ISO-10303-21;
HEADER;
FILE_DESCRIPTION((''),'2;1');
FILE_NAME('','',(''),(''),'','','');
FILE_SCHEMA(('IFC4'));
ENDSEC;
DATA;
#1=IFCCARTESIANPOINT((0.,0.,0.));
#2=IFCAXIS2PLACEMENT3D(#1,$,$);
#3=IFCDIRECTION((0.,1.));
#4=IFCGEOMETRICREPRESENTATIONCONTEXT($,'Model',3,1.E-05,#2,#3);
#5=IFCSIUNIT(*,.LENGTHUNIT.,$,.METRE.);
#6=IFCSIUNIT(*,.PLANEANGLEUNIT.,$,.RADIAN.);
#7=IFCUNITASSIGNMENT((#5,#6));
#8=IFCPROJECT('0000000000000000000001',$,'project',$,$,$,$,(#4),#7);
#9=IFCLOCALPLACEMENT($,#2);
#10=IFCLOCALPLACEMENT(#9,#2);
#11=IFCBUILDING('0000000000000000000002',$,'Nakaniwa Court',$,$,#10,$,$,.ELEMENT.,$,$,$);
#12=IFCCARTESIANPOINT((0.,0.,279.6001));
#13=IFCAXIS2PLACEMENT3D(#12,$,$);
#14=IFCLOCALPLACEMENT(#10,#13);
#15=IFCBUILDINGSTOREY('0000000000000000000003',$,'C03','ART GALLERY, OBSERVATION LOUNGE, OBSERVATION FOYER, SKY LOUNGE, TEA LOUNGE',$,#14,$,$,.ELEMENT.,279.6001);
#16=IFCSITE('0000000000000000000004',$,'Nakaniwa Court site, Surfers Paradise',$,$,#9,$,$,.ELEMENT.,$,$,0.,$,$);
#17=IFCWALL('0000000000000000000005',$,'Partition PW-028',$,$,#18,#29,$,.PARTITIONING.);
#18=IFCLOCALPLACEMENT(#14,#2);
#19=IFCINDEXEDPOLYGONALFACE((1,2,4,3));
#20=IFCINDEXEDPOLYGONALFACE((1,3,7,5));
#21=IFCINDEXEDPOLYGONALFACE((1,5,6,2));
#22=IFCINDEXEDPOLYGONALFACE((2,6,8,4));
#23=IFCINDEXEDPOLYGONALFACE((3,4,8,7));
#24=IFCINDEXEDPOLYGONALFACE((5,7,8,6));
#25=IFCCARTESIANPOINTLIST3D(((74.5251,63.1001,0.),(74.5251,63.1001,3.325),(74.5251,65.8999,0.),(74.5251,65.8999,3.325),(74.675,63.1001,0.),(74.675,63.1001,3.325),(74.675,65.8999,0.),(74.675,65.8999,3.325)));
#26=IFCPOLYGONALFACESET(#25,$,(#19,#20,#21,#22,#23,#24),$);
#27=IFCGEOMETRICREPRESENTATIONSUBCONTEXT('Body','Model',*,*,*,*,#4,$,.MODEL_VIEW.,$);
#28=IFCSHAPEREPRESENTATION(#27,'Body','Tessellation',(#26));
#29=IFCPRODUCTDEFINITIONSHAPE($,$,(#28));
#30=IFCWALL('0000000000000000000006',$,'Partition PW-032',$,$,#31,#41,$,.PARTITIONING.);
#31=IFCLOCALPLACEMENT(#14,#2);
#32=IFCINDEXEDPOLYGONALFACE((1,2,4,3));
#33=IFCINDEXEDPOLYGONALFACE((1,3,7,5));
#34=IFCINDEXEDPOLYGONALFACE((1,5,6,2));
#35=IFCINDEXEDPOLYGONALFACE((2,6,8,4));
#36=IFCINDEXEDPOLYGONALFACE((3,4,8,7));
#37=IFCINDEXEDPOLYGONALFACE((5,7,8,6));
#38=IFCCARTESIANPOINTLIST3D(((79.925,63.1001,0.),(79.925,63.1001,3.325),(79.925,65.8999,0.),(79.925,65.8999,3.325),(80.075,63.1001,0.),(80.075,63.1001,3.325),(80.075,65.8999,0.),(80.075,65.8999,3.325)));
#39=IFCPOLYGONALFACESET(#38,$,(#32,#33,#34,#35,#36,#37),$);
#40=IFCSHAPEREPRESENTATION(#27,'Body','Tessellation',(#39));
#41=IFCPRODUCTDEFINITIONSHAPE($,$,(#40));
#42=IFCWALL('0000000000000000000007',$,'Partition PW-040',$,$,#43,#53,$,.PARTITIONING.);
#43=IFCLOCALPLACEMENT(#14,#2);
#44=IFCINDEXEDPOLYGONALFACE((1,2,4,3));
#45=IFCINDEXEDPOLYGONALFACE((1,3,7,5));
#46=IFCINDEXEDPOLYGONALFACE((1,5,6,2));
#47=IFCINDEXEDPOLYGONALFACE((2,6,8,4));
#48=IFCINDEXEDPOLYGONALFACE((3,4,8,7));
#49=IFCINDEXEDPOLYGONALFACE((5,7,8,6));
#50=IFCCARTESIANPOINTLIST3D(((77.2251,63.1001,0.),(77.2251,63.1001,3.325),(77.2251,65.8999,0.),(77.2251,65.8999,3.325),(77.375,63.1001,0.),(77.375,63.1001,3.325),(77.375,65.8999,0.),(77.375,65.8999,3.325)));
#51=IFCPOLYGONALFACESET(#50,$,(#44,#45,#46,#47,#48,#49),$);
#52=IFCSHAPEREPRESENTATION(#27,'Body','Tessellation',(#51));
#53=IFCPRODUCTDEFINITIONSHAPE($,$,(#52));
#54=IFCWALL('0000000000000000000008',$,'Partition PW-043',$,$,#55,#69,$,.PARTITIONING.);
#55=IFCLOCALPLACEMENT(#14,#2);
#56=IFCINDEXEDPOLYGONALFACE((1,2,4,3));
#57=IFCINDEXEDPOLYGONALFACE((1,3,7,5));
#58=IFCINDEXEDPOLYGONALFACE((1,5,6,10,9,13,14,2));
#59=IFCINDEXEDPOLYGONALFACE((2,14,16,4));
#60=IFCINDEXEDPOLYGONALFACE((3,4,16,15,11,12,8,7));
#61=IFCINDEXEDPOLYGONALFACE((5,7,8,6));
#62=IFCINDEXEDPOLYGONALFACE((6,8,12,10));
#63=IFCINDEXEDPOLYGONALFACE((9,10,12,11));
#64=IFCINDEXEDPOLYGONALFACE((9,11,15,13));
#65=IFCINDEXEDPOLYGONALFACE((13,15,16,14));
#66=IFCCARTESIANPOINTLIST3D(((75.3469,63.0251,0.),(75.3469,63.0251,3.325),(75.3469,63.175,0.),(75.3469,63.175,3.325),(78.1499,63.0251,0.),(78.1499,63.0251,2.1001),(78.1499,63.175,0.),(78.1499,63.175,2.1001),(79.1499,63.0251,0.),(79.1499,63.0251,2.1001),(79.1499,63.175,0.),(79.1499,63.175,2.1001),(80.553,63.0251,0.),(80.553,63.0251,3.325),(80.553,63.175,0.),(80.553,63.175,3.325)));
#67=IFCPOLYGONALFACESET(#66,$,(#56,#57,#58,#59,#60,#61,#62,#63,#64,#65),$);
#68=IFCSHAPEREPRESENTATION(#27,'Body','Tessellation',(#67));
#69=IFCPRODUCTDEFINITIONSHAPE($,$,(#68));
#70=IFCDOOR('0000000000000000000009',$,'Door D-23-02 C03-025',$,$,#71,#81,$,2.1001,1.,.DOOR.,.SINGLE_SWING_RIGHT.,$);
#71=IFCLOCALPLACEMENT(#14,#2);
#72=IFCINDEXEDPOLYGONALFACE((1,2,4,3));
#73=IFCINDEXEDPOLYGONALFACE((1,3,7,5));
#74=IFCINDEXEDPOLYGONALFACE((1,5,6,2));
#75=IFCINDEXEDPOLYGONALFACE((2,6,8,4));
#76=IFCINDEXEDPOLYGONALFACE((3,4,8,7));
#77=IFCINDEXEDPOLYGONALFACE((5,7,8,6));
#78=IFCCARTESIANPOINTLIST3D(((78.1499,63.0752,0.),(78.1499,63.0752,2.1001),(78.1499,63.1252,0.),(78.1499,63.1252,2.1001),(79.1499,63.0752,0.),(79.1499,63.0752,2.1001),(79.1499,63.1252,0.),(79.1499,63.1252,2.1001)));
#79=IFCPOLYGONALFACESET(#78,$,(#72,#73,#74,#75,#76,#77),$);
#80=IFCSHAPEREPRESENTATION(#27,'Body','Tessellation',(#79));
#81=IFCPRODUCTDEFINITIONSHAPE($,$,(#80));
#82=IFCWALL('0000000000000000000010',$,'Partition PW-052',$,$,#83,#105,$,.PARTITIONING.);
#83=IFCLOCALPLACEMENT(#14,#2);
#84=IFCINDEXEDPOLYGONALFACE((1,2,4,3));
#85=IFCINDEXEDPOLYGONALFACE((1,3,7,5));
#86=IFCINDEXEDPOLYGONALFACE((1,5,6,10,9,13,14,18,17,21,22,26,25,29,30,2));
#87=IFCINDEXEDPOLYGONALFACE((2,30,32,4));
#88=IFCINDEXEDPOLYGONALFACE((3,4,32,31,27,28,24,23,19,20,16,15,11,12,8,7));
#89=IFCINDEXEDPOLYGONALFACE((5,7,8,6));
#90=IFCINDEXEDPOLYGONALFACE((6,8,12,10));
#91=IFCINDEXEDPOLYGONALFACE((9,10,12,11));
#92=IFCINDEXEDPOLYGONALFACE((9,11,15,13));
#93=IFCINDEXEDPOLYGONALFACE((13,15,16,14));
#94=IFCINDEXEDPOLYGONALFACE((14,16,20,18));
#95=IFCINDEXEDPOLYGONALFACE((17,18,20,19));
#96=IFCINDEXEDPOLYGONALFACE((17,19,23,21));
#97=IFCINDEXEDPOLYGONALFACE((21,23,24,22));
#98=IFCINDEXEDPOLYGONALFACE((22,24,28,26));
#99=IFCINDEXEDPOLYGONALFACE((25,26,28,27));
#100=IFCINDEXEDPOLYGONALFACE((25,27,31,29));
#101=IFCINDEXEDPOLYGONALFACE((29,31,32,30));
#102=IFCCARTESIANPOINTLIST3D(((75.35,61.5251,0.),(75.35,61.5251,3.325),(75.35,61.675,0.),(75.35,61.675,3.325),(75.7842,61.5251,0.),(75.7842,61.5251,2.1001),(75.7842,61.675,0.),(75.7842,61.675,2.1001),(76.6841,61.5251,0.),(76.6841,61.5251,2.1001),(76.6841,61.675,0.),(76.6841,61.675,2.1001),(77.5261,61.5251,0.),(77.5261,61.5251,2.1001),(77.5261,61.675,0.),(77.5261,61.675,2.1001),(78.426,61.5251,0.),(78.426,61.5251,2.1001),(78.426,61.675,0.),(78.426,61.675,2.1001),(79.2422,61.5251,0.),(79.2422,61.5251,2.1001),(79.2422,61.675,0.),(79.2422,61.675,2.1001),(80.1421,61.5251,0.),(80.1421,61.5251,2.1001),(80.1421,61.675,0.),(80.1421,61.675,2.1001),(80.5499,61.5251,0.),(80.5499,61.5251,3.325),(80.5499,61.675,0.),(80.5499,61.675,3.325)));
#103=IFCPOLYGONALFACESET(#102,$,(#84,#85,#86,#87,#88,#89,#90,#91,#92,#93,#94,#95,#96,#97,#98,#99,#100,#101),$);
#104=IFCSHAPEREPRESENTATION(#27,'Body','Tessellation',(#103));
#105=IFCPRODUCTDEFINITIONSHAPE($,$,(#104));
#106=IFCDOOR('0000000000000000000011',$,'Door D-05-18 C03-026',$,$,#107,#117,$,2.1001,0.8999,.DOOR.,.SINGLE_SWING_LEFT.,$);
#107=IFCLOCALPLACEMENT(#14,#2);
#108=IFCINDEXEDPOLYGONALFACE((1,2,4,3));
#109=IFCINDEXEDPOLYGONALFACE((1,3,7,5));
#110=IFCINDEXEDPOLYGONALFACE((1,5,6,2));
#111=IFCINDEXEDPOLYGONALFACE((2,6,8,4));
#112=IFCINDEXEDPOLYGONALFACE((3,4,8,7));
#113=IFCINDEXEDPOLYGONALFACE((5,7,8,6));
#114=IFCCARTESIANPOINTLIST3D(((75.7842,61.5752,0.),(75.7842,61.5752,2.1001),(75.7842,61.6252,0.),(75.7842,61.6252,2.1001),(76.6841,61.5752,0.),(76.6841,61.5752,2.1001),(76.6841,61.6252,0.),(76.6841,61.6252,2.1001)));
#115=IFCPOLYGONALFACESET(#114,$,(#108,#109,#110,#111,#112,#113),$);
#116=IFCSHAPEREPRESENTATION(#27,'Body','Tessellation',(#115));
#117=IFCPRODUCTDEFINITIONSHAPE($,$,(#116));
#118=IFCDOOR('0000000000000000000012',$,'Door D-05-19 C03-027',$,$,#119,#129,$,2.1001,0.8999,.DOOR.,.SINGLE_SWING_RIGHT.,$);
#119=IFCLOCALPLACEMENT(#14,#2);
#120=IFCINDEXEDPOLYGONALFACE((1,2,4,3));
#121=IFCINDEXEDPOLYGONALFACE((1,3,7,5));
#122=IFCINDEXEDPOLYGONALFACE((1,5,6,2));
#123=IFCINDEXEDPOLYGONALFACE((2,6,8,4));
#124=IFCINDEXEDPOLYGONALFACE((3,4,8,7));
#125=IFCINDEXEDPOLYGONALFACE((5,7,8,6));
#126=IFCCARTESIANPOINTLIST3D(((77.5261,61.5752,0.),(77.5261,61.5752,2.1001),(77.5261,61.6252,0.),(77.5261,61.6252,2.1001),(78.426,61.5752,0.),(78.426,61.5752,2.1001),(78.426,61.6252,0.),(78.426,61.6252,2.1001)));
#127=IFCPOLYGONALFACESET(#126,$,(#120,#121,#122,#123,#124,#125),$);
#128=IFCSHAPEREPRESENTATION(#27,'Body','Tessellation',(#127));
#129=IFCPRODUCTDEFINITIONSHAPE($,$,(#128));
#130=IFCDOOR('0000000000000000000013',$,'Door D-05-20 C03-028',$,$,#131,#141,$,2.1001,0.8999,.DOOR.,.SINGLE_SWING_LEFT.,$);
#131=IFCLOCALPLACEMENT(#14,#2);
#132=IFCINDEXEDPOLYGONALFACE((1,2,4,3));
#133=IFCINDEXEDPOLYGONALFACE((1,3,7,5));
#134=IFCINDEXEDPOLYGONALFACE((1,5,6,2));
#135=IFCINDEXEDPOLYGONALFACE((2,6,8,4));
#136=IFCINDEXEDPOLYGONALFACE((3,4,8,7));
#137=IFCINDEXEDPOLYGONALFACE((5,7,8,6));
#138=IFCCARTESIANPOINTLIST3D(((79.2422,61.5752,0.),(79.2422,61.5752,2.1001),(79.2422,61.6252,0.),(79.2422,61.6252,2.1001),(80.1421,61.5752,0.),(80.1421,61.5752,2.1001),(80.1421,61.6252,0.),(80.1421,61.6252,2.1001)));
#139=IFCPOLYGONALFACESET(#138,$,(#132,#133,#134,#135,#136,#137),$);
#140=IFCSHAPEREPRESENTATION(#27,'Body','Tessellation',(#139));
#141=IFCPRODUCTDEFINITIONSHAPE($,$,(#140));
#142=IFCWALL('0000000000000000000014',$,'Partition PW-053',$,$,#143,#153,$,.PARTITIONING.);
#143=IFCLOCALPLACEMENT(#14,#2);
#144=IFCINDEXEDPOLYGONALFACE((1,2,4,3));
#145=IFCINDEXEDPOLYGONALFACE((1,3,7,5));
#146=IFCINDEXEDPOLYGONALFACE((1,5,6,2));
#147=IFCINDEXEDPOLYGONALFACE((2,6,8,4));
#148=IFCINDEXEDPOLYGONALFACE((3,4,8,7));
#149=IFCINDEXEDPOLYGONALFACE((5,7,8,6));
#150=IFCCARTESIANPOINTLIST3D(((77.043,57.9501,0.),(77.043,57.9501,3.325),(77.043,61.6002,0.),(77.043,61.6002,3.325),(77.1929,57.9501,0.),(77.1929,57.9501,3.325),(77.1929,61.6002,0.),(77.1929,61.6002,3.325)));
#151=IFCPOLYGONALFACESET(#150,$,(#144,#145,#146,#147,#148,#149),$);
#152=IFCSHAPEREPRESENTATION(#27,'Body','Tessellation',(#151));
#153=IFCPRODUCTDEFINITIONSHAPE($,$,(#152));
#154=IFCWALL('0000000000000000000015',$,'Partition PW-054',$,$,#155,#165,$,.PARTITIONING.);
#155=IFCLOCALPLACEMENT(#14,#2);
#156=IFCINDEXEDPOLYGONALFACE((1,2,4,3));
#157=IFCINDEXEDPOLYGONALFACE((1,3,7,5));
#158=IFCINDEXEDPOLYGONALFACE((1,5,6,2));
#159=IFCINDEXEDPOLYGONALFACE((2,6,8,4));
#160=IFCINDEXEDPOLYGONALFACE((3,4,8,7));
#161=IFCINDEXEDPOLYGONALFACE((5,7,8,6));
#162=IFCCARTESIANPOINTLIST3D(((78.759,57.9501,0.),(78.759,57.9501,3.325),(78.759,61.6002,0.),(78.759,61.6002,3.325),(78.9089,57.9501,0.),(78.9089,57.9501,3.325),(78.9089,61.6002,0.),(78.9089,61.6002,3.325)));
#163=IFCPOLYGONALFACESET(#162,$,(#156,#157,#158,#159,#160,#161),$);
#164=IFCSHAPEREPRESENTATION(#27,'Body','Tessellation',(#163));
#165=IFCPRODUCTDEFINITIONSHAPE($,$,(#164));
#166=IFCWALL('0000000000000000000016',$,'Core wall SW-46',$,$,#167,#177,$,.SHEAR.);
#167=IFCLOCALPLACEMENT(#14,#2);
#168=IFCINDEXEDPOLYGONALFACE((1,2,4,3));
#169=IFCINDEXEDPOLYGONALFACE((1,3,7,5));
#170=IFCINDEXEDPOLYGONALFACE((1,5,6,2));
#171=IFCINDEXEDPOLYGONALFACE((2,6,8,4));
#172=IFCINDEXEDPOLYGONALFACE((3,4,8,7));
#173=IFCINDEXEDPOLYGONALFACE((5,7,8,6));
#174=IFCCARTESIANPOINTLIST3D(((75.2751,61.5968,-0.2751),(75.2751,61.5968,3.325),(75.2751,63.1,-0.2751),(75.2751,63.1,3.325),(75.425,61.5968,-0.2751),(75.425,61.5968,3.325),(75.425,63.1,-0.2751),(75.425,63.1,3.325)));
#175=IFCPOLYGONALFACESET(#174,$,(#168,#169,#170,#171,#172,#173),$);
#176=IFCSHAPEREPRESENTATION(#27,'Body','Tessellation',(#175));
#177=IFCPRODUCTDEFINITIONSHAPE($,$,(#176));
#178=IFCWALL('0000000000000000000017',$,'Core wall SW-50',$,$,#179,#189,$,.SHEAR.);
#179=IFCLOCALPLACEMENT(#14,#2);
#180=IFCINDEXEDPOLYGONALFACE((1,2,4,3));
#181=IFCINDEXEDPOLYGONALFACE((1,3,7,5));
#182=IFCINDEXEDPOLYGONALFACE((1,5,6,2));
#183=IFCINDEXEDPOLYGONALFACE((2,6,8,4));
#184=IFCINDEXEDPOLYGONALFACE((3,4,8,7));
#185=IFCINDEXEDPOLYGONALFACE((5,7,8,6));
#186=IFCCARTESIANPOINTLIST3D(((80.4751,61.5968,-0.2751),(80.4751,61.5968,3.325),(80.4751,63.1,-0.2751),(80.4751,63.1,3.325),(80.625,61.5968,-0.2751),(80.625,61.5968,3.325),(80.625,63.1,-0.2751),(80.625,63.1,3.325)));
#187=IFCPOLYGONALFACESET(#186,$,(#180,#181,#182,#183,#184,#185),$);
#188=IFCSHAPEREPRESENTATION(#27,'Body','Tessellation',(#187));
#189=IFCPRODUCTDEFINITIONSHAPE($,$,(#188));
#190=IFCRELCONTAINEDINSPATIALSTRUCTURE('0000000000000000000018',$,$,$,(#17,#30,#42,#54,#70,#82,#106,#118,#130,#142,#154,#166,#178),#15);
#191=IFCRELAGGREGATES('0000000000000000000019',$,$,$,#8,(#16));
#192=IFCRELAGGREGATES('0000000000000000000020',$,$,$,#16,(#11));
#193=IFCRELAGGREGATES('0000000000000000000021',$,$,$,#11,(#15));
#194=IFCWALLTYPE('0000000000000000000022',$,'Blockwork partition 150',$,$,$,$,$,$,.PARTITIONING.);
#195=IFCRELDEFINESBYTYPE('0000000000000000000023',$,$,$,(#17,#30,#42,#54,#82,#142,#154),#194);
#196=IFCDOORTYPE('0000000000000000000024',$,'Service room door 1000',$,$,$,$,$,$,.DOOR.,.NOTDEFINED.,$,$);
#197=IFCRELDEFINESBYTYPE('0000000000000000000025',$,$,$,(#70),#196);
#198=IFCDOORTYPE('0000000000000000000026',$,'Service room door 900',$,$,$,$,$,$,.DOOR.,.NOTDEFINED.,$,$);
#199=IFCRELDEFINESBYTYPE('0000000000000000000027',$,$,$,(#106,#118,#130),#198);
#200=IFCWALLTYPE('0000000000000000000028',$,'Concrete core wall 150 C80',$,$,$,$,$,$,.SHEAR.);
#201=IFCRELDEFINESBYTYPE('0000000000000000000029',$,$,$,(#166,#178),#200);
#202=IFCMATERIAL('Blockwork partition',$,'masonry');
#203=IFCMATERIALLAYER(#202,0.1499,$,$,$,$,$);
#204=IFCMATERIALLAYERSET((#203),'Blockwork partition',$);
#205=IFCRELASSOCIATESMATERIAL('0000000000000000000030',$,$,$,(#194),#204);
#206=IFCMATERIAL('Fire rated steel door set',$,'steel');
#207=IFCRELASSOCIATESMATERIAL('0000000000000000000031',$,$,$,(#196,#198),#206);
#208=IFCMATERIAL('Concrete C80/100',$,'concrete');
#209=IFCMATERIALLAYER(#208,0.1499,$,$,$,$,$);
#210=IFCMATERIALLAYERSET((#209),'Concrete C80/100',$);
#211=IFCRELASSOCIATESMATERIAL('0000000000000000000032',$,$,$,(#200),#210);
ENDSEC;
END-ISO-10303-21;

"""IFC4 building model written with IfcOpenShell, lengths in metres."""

from ifc_helpers import new_model, si_unit, direction, frame, frame_2d, origin, place, context, subcontext, project, spatial, rectangle, extrude, material, layer, layer_set, type_object, element, fill, save


model = new_model("IFC4")

# Units and contexts
model_context = context("Model", 3, precision=1e-05, world=origin(), true_north=direction((0.0, 1.0)))
body_context = subcontext(model_context, "Body", "Model", "MODEL_VIEW")
ifc_project = project(units=[si_unit("LENGTHUNIT", "METRE"), si_unit("PLANEANGLEUNIT", "RADIAN")], contexts=[model_context])

# Site, building, storey
site_placement = place(None, origin())
site = spatial("IfcSite", under=ifc_project, at=site_placement, Name="Nakaniwa Court site, Surfers Paradise", CompositionType="ELEMENT", RefElevation=0.0)
building_placement = place(site_placement, origin())
building = spatial("IfcBuilding", under=site, at=building_placement, Name="Nakaniwa Court", CompositionType="ELEMENT")
storey_placement = place(building_placement, frame((0.0, 0.0, 279.6001)))
storey = spatial("IfcBuildingStorey", under=building, at=storey_placement, Name="C03", Description="ART GALLERY, OBSERVATION LOUNGE, OBSERVATION FOYER, SKY LOUNGE, TEA LOUNGE", CompositionType="ELEMENT", Elevation=279.6001)

# Walls
ifc_material_1 = material(Name="Blockwork partition", Category="masonry")
ifc_layer_1 = layer(ifc_material_1, 0.1499)
ifc_layer_set_1 = layer_set([ifc_layer_1], Name="Blockwork partition")
wall_type_1 = type_object("IfcWallType", Name="Blockwork partition 150", PredefinedType="PARTITIONING", material=ifc_layer_set_1)
for number, where, z_axis, x_axis, name in (
    (1, (74.6001, 63.1001, 0.0), (0.0, 0.0, 1.0), (0.0, 1.0, 0.0), "Partition PW-028"),
    (2, (80.0, 63.1001, 0.0), (0.0, 0.0, 1.0), (0.0, 1.0, 0.0), "Partition PW-032"),
    (3, (77.3, 63.1001, 0.0), (0.0, 0.0, 1.0), (0.0, 1.0, 0.0), "Partition PW-040"),
):
    element("IfcWall", number, at=place(storey_placement, frame(where, z_axis=z_axis, x_axis=x_axis)), inside=storey, type_object=wall_type_1, Name=name, PredefinedType="PARTITIONING", context=body_context, shape_type="SweptSolid", body=[
        extrude(rectangle(XDim=2.7998, YDim=0.1499, at=frame_2d((1.3999, 0.0))), origin(), (0.0, 0.0, 1.0), 3.325),
    ])

# Wall, opening, door
wall_1_placement = place(storey_placement, frame((80.553, 63.1001, 0.0), z_axis=(0.0, 0.0, 1.0), x_axis=(-1.0, 0.0, 0.0)))
wall_1 = element("IfcWall", 4, at=wall_1_placement, inside=storey, type_object=wall_type_1, Name="Partition PW-043", PredefinedType="PARTITIONING", context=body_context, shape_type="SweptSolid", body=[
    extrude(rectangle(XDim=5.2061, YDim=0.1499, at=frame_2d((2.603, 0.0))), origin(), (0.0, 0.0, 1.0), 3.325),
])
opening_1_placement = place(wall_1_placement, frame((1.4031, 0.0, 0.0)))
opening_1 = element("IfcOpeningElement", 5, at=opening_1_placement, cuts=wall_1, PredefinedType="OPENING", context=body_context, shape_type="SweptSolid", body=[
    extrude(rectangle(XDim=1.0, YDim=2.1001, at=frame_2d((0.5, 1.05))), frame((0.0, 0.085, 0.0), z_axis=(0.0, -1.0, 0.0), x_axis=(1.0, 0.0, 0.0)), (0.0, 0.0, 1.0), 0.1699),
])
ifc_material_2 = material(Name="Fire rated steel door set", Category="steel")
door_type_1 = type_object("IfcDoorType", Name="Service room door 1000", OperationType="NOTDEFINED", PredefinedType="DOOR", material=ifc_material_2)
door_1_placement = place(opening_1_placement, origin())
door_1 = element("IfcDoor", 6, at=door_1_placement, inside=storey, type_object=door_type_1, Name="Door D-23-02 C03-025", OperationType="SINGLE_SWING_RIGHT", OverallHeight=2.1001, OverallWidth=1.0, PredefinedType="DOOR", context=body_context, shape_type="SweptSolid", body=[
    extrude(rectangle(XDim=1.0, YDim=2.1001, at=frame_2d((0.5, 1.05))), frame((0.0, 0.0249, 0.0), z_axis=(0.0, -1.0, 0.0), x_axis=(1.0, 0.0, 0.0)), (0.0, 0.0, 1.0), 0.05),
])
fill(opening_1, door_1)

# Wall, openings, doors
wall_2_placement = place(storey_placement, frame((80.55, 61.6001, 0.0), z_axis=(0.0, 0.0, 1.0), x_axis=(-1.0, 0.0, 0.0)))
wall_2 = element("IfcWall", 7, at=wall_2_placement, inside=storey, type_object=wall_type_1, Name="Partition PW-052", PredefinedType="PARTITIONING", context=body_context, shape_type="SweptSolid", body=[
    extrude(rectangle(XDim=5.2, YDim=0.1499, at=frame_2d((2.6001, 0.0))), origin(), (0.0, 0.0, 1.0), 3.325),
])
opening_2_placement = place(wall_2_placement, frame((3.866, 0.0, 0.0)))
opening_2 = element("IfcOpeningElement", 8, at=opening_2_placement, cuts=wall_2, PredefinedType="OPENING", context=body_context, shape_type="SweptSolid", body=[
    extrude(rectangle(XDim=0.8999, YDim=2.1001, at=frame_2d((0.45, 1.05))), frame((0.0, 0.085, 0.0), z_axis=(0.0, -1.0, 0.0), x_axis=(1.0, 0.0, 0.0)), (0.0, 0.0, 1.0), 0.1699),
])
opening_3_placement = place(wall_2_placement, frame((2.124, 0.0, 0.0)))
opening_3 = element("IfcOpeningElement", 9, at=opening_3_placement, cuts=wall_2, PredefinedType="OPENING", context=body_context, shape_type="SweptSolid", body=[
    extrude(rectangle(XDim=0.8999, YDim=2.1001, at=frame_2d((0.45, 1.05))), frame((0.0, 0.085, 0.0), z_axis=(0.0, -1.0, 0.0), x_axis=(1.0, 0.0, 0.0)), (0.0, 0.0, 1.0), 0.1699),
])
opening_4_placement = place(wall_2_placement, frame((0.408, 0.0, 0.0)))
opening_4 = element("IfcOpeningElement", 10, at=opening_4_placement, cuts=wall_2, PredefinedType="OPENING", context=body_context, shape_type="SweptSolid", body=[
    extrude(rectangle(XDim=0.8999, YDim=2.1001, at=frame_2d((0.45, 1.05))), frame((0.0, 0.085, 0.0), z_axis=(0.0, -1.0, 0.0), x_axis=(1.0, 0.0, 0.0)), (0.0, 0.0, 1.0), 0.1699),
])
door_type_2 = type_object("IfcDoorType", Name="Service room door 900", OperationType="NOTDEFINED", PredefinedType="DOOR", material=ifc_material_2)
door_2_placement = place(opening_2_placement, origin())
door_2 = element("IfcDoor", 11, at=door_2_placement, inside=storey, type_object=door_type_2, Name="Door D-05-18 C03-026", OperationType="SINGLE_SWING_LEFT", OverallHeight=2.1001, OverallWidth=0.8999, PredefinedType="DOOR", context=body_context, shape_type="SweptSolid", body=[
    extrude(rectangle(XDim=0.8999, YDim=2.1001, at=frame_2d((0.45, 1.05))), frame((0.0, 0.0249, 0.0), z_axis=(0.0, -1.0, 0.0), x_axis=(1.0, 0.0, 0.0)), (0.0, 0.0, 1.0), 0.05),
])
fill(opening_2, door_2)
door_3_placement = place(opening_3_placement, origin())
door_3 = element("IfcDoor", 12, at=door_3_placement, inside=storey, type_object=door_type_2, Name="Door D-05-19 C03-027", OperationType="SINGLE_SWING_RIGHT", OverallHeight=2.1001, OverallWidth=0.8999, PredefinedType="DOOR", context=body_context, shape_type="SweptSolid", body=[
    extrude(rectangle(XDim=0.8999, YDim=2.1001, at=frame_2d((0.45, 1.05))), frame((0.0, 0.0249, 0.0), z_axis=(0.0, -1.0, 0.0), x_axis=(1.0, 0.0, 0.0)), (0.0, 0.0, 1.0), 0.05),
])
fill(opening_3, door_3)
door_4_placement = place(opening_4_placement, origin())
door_4 = element("IfcDoor", 13, at=door_4_placement, inside=storey, type_object=door_type_2, Name="Door D-05-20 C03-028", OperationType="SINGLE_SWING_LEFT", OverallHeight=2.1001, OverallWidth=0.8999, PredefinedType="DOOR", context=body_context, shape_type="SweptSolid", body=[
    extrude(rectangle(XDim=0.8999, YDim=2.1001, at=frame_2d((0.45, 1.05))), frame((0.0, 0.0249, 0.0), z_axis=(0.0, -1.0, 0.0), x_axis=(1.0, 0.0, 0.0)), (0.0, 0.0, 1.0), 0.05),
])
fill(opening_4, door_4)

# Walls
for number, where, z_axis, x_axis, name in (
    (14, (77.1179, 57.95, 0.0), (0.0, 0.0, 1.0), (0.0, 1.0, 0.0), "Partition PW-053"),
    (15, (78.834, 57.95, 0.0), (0.0, 0.0, 1.0), (0.0, 1.0, 0.0), "Partition PW-054"),
):
    element("IfcWall", number, at=place(storey_placement, frame(where, z_axis=z_axis, x_axis=x_axis)), inside=storey, type_object=wall_type_1, Name=name, PredefinedType="PARTITIONING", context=body_context, shape_type="SweptSolid", body=[
        extrude(rectangle(XDim=3.6501, YDim=0.1499, at=frame_2d((1.8252, 0.0))), origin(), (0.0, 0.0, 1.0), 3.325),
    ])
ifc_material_3 = material(Name="Concrete C80/100", Category="concrete")
ifc_layer_2 = layer(ifc_material_3, 0.1499)
ifc_layer_set_2 = layer_set([ifc_layer_2], Name="Concrete C80/100")
wall_type_2 = type_object("IfcWallType", Name="Concrete core wall 150 C80", PredefinedType="SHEAR", material=ifc_layer_set_2)
for number, where, z_axis, x_axis, name in (
    (16, (75.3501, 61.5969, -0.2751), (0.0, 0.0, 1.0), (0.0, 1.0, 0.0), "Core wall SW-46"),
    (17, (80.55, 61.5969, -0.2751), (0.0, 0.0, 1.0), (0.0, 1.0, 0.0), "Core wall SW-50"),
):
    element("IfcWall", number, at=place(storey_placement, frame(where, z_axis=z_axis, x_axis=x_axis)), inside=storey, type_object=wall_type_2, Name=name, PredefinedType="SHEAR", context=body_context, shape_type="SweptSolid", body=[
        extrude(rectangle(XDim=1.5032, YDim=0.1499, at=frame_2d((0.7515, 0.0))), origin(), (0.0, 0.0, 1.0), 3.6001),
    ])

save(model, "model.ifc")
